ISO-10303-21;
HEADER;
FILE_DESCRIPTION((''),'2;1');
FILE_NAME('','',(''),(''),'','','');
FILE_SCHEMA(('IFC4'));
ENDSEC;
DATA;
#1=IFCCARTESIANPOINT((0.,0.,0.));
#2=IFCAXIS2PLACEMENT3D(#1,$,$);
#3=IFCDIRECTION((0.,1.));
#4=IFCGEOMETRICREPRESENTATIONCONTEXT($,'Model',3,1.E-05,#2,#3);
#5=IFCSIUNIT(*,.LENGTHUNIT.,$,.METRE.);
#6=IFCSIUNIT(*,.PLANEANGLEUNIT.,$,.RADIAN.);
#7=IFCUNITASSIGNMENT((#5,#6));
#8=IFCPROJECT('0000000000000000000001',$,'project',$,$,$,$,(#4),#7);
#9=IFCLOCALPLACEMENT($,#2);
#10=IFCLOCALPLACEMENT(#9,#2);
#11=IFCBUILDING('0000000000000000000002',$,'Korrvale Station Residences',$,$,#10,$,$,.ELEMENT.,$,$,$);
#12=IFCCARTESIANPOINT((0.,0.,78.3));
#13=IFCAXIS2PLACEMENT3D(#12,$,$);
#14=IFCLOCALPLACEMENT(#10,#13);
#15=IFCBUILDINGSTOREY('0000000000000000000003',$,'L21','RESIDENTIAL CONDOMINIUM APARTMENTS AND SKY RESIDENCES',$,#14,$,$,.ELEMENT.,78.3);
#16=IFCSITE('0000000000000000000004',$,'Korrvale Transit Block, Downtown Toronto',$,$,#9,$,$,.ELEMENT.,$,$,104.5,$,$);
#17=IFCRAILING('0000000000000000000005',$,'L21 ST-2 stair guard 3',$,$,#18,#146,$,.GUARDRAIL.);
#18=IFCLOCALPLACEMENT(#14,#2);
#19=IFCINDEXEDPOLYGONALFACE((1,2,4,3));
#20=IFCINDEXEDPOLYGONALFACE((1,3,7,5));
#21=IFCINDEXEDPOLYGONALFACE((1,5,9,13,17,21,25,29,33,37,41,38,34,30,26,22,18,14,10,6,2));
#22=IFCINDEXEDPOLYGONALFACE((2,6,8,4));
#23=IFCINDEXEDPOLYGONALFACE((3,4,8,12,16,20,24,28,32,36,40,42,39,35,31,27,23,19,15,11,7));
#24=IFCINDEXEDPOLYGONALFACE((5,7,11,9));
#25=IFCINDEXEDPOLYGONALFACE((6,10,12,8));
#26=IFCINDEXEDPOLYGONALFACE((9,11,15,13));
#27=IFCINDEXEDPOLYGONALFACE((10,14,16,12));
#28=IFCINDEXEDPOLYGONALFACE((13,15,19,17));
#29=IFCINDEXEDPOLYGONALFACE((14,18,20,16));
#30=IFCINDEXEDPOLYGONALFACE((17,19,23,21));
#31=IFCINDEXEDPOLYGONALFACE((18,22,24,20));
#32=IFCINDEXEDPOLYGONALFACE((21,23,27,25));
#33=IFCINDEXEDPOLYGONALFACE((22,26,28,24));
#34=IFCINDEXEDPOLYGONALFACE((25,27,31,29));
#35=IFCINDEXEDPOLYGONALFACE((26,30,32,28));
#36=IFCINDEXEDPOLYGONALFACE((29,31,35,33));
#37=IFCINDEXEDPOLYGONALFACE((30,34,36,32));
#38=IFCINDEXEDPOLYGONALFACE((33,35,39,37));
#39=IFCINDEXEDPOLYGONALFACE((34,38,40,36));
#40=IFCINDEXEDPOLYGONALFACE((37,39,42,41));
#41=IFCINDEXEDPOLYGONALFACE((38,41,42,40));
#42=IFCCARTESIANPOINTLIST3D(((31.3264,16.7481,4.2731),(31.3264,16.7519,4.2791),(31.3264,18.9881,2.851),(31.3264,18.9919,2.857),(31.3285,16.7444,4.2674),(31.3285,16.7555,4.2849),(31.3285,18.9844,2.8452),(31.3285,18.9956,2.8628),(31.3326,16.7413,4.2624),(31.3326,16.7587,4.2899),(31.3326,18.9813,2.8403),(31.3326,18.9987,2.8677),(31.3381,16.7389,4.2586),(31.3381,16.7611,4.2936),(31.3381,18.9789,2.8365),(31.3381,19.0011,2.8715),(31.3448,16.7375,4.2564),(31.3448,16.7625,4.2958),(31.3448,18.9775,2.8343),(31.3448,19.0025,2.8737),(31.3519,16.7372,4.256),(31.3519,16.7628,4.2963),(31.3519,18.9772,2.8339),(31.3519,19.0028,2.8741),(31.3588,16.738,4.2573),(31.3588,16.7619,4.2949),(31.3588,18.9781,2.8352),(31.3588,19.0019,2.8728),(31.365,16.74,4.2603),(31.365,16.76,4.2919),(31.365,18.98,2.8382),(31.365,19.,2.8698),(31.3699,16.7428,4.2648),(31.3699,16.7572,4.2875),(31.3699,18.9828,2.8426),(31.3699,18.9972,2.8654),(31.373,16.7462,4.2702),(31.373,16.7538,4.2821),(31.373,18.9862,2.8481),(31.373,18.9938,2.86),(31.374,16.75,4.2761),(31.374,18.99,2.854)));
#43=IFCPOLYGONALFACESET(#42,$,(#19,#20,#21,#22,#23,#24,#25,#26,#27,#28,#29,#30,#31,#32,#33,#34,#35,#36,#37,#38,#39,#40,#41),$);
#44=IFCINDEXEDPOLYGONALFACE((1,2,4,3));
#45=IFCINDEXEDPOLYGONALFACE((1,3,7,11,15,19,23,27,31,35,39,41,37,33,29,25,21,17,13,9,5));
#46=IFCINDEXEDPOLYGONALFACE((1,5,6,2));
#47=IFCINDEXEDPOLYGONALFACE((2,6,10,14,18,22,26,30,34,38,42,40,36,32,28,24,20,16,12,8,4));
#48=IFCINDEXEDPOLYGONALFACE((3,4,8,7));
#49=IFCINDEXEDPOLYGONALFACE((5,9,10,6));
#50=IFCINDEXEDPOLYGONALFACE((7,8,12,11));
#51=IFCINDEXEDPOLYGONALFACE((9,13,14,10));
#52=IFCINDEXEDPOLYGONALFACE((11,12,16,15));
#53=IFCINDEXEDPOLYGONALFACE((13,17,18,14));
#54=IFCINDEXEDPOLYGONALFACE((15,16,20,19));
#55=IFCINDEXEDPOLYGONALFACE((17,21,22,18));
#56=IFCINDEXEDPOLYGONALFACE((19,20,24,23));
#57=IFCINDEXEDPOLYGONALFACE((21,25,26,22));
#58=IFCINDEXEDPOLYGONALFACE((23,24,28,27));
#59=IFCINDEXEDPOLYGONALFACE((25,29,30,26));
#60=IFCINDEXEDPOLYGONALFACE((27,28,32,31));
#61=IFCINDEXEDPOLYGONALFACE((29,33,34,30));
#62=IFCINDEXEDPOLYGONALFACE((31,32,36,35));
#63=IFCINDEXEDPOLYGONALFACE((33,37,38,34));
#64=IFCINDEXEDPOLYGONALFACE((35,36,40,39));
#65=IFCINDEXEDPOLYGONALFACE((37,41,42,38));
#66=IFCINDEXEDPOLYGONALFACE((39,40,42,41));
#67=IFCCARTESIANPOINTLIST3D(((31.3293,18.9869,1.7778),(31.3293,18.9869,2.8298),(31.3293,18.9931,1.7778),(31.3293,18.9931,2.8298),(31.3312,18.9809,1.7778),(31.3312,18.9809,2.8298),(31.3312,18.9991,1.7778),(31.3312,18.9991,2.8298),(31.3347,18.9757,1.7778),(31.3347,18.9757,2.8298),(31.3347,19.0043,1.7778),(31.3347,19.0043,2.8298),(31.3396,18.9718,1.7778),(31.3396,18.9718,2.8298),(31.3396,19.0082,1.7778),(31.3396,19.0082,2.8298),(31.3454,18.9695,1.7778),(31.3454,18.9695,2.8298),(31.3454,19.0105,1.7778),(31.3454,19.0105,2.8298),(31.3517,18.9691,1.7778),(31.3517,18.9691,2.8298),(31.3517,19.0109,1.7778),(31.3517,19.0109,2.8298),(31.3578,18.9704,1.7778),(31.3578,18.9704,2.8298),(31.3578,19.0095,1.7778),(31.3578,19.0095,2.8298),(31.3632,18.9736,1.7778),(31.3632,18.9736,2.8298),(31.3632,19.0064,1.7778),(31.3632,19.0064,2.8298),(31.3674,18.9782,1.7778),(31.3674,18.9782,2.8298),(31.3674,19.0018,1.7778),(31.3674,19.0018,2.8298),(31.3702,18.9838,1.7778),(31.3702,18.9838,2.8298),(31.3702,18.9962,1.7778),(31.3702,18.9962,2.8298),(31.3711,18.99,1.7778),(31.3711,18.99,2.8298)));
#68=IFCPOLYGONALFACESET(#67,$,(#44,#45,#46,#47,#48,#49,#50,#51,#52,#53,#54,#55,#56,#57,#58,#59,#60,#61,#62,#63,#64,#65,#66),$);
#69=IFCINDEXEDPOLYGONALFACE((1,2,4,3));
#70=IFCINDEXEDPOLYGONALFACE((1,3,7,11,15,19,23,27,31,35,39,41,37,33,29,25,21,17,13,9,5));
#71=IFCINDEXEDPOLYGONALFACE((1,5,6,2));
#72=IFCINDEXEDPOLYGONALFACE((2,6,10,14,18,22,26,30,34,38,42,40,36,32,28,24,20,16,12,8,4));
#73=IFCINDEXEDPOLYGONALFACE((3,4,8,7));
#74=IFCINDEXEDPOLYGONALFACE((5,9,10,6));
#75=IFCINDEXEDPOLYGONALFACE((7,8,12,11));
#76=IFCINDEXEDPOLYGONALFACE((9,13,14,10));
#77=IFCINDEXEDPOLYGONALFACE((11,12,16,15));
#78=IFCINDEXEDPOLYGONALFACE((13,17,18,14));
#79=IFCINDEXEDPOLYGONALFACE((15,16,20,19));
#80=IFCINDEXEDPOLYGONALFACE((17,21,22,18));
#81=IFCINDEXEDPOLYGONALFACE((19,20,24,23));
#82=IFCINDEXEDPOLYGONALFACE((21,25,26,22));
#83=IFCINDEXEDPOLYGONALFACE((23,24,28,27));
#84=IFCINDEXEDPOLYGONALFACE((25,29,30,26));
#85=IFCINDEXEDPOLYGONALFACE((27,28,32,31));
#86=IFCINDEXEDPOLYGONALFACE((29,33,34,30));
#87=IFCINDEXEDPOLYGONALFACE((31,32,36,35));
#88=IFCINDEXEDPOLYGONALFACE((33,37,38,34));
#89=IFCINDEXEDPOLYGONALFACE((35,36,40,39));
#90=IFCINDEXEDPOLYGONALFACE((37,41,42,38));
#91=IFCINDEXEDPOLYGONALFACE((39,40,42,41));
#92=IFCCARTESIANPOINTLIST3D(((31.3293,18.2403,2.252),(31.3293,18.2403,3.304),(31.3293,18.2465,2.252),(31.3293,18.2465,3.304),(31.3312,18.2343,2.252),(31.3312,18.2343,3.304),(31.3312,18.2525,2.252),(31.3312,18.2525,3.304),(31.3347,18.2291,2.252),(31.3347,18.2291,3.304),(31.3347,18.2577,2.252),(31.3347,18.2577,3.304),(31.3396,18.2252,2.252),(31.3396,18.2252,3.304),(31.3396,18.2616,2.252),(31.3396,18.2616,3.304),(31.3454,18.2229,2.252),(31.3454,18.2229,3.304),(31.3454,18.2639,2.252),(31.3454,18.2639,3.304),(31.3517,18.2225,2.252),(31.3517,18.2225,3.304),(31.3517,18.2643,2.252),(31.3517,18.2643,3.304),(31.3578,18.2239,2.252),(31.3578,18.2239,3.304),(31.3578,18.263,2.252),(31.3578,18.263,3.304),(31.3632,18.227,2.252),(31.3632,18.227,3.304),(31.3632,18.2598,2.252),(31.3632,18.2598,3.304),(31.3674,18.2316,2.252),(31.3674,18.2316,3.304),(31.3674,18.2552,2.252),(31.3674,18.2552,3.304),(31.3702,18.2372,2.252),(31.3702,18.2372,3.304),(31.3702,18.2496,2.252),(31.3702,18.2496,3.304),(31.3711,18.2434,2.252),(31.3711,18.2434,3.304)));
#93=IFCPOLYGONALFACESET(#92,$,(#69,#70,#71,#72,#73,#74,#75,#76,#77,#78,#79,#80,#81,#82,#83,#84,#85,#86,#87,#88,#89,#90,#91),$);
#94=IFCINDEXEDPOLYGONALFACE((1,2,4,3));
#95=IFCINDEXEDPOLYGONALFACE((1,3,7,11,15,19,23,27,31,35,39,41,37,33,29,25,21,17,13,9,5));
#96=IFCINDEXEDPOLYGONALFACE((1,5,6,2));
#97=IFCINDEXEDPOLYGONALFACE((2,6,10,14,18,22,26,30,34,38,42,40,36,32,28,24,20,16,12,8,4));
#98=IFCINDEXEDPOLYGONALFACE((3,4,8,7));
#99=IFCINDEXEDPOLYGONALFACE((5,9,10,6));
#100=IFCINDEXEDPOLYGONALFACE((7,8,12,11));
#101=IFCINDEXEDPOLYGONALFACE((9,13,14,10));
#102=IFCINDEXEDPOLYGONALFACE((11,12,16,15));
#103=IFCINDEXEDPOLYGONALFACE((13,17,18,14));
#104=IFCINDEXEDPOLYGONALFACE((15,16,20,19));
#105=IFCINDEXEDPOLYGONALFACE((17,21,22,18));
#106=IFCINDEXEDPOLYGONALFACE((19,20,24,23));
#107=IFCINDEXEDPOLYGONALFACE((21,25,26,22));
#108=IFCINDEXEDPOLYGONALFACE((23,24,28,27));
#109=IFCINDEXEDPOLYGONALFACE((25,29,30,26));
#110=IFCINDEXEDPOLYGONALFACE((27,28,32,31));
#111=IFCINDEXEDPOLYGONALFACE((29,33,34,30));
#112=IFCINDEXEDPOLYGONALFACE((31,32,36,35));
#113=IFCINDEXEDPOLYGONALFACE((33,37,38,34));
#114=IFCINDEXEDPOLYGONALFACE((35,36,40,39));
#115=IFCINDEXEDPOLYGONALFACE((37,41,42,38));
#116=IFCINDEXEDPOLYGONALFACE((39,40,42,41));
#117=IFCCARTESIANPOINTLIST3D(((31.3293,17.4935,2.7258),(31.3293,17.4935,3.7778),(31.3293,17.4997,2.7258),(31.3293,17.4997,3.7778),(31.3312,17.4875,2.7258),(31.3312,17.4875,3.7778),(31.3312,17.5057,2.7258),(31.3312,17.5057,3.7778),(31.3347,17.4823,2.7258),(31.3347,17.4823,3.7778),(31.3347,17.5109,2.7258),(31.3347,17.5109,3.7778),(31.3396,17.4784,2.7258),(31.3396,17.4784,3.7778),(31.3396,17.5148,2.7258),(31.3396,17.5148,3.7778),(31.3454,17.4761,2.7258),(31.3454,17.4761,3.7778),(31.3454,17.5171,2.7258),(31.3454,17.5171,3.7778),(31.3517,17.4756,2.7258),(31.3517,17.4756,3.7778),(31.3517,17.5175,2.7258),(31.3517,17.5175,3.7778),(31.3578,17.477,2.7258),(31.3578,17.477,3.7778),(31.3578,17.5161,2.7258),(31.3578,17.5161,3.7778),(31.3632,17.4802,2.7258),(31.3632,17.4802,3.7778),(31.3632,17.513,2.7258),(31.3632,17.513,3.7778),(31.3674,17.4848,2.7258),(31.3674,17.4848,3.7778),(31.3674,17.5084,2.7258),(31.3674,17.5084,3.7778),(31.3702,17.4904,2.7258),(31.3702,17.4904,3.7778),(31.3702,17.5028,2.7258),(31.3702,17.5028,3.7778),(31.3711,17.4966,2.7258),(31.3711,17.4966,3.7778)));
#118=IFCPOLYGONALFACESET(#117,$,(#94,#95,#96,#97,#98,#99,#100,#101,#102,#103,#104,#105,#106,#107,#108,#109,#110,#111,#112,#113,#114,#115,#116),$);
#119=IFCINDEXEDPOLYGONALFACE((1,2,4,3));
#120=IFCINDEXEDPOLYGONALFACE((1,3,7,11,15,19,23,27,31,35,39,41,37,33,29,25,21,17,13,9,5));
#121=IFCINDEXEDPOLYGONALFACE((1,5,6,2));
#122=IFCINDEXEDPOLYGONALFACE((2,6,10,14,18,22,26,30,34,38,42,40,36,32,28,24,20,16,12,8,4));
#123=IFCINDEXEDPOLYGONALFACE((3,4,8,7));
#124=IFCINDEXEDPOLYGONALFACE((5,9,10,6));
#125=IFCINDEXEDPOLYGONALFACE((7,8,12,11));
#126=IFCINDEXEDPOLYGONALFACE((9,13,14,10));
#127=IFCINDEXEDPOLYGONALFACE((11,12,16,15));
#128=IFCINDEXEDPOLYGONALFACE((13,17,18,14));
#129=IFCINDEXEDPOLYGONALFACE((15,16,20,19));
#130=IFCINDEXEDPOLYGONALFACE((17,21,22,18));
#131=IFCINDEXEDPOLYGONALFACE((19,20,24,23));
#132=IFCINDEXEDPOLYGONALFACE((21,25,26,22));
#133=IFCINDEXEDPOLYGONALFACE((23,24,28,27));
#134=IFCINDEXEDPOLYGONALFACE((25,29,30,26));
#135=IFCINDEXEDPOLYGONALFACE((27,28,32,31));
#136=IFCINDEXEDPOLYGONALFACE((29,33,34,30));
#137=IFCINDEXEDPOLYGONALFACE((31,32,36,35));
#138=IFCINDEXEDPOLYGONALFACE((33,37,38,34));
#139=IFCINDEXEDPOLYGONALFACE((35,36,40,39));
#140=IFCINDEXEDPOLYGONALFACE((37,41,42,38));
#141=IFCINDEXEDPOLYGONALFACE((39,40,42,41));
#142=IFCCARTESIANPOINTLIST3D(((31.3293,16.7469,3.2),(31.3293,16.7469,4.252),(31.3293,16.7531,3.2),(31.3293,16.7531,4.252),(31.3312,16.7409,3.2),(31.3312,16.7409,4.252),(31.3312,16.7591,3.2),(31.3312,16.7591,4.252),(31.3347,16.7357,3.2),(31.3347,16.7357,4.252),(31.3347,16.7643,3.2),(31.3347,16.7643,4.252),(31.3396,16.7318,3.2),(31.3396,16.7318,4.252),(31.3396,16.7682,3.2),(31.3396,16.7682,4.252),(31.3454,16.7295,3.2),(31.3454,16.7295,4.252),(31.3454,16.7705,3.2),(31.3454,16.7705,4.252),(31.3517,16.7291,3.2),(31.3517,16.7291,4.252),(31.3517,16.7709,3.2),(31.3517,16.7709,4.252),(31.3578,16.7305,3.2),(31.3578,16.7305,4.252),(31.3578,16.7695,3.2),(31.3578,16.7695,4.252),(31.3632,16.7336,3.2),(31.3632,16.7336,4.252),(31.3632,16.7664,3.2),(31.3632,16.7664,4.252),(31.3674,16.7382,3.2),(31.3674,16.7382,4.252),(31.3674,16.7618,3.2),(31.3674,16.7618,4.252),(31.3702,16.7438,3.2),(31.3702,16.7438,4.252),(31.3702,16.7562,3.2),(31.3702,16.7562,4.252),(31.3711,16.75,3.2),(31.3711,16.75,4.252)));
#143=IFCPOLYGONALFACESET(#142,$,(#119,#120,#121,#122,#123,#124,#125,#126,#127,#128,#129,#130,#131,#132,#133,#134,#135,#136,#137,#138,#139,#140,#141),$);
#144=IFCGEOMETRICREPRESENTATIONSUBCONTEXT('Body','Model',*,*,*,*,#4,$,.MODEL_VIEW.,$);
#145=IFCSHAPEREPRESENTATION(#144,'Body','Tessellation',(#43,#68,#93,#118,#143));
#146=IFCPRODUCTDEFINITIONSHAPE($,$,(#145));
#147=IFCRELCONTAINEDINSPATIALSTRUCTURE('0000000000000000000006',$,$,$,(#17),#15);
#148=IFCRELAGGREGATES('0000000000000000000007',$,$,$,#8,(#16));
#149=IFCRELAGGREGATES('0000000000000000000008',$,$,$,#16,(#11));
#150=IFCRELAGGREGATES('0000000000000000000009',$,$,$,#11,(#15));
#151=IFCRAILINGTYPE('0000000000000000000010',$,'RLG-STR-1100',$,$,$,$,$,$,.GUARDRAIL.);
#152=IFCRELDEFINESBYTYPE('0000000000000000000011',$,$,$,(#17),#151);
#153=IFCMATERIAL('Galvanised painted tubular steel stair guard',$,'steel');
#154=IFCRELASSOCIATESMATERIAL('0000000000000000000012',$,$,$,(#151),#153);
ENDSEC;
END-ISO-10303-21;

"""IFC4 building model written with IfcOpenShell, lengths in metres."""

from ifc_helpers import new_model, si_unit, direction, frame, origin, origin_2d, place, context, subcontext, project, spatial, circle, extrude, material, type_object, element, save


model = new_model("IFC4")

# Units and contexts
model_context = context("Model", 3, precision=1e-05, world=origin(), true_north=direction((0.0, 1.0)))
body_context = subcontext(model_context, "Body", "Model", "MODEL_VIEW")
ifc_project = project(units=[si_unit("LENGTHUNIT", "METRE"), si_unit("PLANEANGLEUNIT", "RADIAN")], contexts=[model_context])

# Site, building, storey
site_placement = place(None, origin())
site = spatial("IfcSite", under=ifc_project, at=site_placement, Name="Korrvale Transit Block, Downtown Toronto", CompositionType="ELEMENT", RefElevation=104.5)
building_placement = place(site_placement, origin())
building = spatial("IfcBuilding", under=site, at=building_placement, Name="Korrvale Station Residences", CompositionType="ELEMENT")
storey_placement = place(building_placement, frame((0.0, 0.0, 78.3)))
storey = spatial("IfcBuildingStorey", under=building, at=storey_placement, Name="L21", Description="RESIDENTIAL CONDOMINIUM APARTMENTS AND SKY RESIDENCES", CompositionType="ELEMENT", Elevation=78.3)

# Railing
ifc_material_1 = material(Name="Galvanised painted tubular steel stair guard", Category="steel")
railing_type_1 = type_object("IfcRailingType", Name="RLG-STR-1100", PredefinedType="GUARDRAIL", material=ifc_material_1)
railing_1_placement = place(storey_placement, frame((31.3501, 18.99, 1.7778)))
element("IfcRailing", 1, at=railing_1_placement, inside=storey, type_object=railing_type_1, Name="L21 ST-2 stair guard 3", PredefinedType="GUARDRAIL", context=body_context, shape_type="SweptSolid", body=[
    extrude(circle(Radius=0.0239, at=origin_2d()), frame((0.0, 0.0, 1.0762), z_axis=(0.0, -0.844229, 0.535982), x_axis=(1.0, 0.0, 0.0)), (0.0, 0.0, 1.0), 2.6533),
    extrude(circle(Radius=0.021, at=origin_2d()), origin(), (0.0, 0.0, 1.0), 1.052),
    extrude(circle(Radius=0.021, at=origin_2d()), frame((0.0, -0.7466, 0.4741)), (0.0, 0.0, 1.0), 1.052),
    extrude(circle(Radius=0.021, at=origin_2d()), frame((0.0, -1.4934, 0.948)), (0.0, 0.0, 1.0), 1.052),
    extrude(circle(Radius=0.021, at=origin_2d()), frame((0.0, -2.24, 1.4221)), (0.0, 0.0, 1.0), 1.052),
])

save(model, "model.ifc")
